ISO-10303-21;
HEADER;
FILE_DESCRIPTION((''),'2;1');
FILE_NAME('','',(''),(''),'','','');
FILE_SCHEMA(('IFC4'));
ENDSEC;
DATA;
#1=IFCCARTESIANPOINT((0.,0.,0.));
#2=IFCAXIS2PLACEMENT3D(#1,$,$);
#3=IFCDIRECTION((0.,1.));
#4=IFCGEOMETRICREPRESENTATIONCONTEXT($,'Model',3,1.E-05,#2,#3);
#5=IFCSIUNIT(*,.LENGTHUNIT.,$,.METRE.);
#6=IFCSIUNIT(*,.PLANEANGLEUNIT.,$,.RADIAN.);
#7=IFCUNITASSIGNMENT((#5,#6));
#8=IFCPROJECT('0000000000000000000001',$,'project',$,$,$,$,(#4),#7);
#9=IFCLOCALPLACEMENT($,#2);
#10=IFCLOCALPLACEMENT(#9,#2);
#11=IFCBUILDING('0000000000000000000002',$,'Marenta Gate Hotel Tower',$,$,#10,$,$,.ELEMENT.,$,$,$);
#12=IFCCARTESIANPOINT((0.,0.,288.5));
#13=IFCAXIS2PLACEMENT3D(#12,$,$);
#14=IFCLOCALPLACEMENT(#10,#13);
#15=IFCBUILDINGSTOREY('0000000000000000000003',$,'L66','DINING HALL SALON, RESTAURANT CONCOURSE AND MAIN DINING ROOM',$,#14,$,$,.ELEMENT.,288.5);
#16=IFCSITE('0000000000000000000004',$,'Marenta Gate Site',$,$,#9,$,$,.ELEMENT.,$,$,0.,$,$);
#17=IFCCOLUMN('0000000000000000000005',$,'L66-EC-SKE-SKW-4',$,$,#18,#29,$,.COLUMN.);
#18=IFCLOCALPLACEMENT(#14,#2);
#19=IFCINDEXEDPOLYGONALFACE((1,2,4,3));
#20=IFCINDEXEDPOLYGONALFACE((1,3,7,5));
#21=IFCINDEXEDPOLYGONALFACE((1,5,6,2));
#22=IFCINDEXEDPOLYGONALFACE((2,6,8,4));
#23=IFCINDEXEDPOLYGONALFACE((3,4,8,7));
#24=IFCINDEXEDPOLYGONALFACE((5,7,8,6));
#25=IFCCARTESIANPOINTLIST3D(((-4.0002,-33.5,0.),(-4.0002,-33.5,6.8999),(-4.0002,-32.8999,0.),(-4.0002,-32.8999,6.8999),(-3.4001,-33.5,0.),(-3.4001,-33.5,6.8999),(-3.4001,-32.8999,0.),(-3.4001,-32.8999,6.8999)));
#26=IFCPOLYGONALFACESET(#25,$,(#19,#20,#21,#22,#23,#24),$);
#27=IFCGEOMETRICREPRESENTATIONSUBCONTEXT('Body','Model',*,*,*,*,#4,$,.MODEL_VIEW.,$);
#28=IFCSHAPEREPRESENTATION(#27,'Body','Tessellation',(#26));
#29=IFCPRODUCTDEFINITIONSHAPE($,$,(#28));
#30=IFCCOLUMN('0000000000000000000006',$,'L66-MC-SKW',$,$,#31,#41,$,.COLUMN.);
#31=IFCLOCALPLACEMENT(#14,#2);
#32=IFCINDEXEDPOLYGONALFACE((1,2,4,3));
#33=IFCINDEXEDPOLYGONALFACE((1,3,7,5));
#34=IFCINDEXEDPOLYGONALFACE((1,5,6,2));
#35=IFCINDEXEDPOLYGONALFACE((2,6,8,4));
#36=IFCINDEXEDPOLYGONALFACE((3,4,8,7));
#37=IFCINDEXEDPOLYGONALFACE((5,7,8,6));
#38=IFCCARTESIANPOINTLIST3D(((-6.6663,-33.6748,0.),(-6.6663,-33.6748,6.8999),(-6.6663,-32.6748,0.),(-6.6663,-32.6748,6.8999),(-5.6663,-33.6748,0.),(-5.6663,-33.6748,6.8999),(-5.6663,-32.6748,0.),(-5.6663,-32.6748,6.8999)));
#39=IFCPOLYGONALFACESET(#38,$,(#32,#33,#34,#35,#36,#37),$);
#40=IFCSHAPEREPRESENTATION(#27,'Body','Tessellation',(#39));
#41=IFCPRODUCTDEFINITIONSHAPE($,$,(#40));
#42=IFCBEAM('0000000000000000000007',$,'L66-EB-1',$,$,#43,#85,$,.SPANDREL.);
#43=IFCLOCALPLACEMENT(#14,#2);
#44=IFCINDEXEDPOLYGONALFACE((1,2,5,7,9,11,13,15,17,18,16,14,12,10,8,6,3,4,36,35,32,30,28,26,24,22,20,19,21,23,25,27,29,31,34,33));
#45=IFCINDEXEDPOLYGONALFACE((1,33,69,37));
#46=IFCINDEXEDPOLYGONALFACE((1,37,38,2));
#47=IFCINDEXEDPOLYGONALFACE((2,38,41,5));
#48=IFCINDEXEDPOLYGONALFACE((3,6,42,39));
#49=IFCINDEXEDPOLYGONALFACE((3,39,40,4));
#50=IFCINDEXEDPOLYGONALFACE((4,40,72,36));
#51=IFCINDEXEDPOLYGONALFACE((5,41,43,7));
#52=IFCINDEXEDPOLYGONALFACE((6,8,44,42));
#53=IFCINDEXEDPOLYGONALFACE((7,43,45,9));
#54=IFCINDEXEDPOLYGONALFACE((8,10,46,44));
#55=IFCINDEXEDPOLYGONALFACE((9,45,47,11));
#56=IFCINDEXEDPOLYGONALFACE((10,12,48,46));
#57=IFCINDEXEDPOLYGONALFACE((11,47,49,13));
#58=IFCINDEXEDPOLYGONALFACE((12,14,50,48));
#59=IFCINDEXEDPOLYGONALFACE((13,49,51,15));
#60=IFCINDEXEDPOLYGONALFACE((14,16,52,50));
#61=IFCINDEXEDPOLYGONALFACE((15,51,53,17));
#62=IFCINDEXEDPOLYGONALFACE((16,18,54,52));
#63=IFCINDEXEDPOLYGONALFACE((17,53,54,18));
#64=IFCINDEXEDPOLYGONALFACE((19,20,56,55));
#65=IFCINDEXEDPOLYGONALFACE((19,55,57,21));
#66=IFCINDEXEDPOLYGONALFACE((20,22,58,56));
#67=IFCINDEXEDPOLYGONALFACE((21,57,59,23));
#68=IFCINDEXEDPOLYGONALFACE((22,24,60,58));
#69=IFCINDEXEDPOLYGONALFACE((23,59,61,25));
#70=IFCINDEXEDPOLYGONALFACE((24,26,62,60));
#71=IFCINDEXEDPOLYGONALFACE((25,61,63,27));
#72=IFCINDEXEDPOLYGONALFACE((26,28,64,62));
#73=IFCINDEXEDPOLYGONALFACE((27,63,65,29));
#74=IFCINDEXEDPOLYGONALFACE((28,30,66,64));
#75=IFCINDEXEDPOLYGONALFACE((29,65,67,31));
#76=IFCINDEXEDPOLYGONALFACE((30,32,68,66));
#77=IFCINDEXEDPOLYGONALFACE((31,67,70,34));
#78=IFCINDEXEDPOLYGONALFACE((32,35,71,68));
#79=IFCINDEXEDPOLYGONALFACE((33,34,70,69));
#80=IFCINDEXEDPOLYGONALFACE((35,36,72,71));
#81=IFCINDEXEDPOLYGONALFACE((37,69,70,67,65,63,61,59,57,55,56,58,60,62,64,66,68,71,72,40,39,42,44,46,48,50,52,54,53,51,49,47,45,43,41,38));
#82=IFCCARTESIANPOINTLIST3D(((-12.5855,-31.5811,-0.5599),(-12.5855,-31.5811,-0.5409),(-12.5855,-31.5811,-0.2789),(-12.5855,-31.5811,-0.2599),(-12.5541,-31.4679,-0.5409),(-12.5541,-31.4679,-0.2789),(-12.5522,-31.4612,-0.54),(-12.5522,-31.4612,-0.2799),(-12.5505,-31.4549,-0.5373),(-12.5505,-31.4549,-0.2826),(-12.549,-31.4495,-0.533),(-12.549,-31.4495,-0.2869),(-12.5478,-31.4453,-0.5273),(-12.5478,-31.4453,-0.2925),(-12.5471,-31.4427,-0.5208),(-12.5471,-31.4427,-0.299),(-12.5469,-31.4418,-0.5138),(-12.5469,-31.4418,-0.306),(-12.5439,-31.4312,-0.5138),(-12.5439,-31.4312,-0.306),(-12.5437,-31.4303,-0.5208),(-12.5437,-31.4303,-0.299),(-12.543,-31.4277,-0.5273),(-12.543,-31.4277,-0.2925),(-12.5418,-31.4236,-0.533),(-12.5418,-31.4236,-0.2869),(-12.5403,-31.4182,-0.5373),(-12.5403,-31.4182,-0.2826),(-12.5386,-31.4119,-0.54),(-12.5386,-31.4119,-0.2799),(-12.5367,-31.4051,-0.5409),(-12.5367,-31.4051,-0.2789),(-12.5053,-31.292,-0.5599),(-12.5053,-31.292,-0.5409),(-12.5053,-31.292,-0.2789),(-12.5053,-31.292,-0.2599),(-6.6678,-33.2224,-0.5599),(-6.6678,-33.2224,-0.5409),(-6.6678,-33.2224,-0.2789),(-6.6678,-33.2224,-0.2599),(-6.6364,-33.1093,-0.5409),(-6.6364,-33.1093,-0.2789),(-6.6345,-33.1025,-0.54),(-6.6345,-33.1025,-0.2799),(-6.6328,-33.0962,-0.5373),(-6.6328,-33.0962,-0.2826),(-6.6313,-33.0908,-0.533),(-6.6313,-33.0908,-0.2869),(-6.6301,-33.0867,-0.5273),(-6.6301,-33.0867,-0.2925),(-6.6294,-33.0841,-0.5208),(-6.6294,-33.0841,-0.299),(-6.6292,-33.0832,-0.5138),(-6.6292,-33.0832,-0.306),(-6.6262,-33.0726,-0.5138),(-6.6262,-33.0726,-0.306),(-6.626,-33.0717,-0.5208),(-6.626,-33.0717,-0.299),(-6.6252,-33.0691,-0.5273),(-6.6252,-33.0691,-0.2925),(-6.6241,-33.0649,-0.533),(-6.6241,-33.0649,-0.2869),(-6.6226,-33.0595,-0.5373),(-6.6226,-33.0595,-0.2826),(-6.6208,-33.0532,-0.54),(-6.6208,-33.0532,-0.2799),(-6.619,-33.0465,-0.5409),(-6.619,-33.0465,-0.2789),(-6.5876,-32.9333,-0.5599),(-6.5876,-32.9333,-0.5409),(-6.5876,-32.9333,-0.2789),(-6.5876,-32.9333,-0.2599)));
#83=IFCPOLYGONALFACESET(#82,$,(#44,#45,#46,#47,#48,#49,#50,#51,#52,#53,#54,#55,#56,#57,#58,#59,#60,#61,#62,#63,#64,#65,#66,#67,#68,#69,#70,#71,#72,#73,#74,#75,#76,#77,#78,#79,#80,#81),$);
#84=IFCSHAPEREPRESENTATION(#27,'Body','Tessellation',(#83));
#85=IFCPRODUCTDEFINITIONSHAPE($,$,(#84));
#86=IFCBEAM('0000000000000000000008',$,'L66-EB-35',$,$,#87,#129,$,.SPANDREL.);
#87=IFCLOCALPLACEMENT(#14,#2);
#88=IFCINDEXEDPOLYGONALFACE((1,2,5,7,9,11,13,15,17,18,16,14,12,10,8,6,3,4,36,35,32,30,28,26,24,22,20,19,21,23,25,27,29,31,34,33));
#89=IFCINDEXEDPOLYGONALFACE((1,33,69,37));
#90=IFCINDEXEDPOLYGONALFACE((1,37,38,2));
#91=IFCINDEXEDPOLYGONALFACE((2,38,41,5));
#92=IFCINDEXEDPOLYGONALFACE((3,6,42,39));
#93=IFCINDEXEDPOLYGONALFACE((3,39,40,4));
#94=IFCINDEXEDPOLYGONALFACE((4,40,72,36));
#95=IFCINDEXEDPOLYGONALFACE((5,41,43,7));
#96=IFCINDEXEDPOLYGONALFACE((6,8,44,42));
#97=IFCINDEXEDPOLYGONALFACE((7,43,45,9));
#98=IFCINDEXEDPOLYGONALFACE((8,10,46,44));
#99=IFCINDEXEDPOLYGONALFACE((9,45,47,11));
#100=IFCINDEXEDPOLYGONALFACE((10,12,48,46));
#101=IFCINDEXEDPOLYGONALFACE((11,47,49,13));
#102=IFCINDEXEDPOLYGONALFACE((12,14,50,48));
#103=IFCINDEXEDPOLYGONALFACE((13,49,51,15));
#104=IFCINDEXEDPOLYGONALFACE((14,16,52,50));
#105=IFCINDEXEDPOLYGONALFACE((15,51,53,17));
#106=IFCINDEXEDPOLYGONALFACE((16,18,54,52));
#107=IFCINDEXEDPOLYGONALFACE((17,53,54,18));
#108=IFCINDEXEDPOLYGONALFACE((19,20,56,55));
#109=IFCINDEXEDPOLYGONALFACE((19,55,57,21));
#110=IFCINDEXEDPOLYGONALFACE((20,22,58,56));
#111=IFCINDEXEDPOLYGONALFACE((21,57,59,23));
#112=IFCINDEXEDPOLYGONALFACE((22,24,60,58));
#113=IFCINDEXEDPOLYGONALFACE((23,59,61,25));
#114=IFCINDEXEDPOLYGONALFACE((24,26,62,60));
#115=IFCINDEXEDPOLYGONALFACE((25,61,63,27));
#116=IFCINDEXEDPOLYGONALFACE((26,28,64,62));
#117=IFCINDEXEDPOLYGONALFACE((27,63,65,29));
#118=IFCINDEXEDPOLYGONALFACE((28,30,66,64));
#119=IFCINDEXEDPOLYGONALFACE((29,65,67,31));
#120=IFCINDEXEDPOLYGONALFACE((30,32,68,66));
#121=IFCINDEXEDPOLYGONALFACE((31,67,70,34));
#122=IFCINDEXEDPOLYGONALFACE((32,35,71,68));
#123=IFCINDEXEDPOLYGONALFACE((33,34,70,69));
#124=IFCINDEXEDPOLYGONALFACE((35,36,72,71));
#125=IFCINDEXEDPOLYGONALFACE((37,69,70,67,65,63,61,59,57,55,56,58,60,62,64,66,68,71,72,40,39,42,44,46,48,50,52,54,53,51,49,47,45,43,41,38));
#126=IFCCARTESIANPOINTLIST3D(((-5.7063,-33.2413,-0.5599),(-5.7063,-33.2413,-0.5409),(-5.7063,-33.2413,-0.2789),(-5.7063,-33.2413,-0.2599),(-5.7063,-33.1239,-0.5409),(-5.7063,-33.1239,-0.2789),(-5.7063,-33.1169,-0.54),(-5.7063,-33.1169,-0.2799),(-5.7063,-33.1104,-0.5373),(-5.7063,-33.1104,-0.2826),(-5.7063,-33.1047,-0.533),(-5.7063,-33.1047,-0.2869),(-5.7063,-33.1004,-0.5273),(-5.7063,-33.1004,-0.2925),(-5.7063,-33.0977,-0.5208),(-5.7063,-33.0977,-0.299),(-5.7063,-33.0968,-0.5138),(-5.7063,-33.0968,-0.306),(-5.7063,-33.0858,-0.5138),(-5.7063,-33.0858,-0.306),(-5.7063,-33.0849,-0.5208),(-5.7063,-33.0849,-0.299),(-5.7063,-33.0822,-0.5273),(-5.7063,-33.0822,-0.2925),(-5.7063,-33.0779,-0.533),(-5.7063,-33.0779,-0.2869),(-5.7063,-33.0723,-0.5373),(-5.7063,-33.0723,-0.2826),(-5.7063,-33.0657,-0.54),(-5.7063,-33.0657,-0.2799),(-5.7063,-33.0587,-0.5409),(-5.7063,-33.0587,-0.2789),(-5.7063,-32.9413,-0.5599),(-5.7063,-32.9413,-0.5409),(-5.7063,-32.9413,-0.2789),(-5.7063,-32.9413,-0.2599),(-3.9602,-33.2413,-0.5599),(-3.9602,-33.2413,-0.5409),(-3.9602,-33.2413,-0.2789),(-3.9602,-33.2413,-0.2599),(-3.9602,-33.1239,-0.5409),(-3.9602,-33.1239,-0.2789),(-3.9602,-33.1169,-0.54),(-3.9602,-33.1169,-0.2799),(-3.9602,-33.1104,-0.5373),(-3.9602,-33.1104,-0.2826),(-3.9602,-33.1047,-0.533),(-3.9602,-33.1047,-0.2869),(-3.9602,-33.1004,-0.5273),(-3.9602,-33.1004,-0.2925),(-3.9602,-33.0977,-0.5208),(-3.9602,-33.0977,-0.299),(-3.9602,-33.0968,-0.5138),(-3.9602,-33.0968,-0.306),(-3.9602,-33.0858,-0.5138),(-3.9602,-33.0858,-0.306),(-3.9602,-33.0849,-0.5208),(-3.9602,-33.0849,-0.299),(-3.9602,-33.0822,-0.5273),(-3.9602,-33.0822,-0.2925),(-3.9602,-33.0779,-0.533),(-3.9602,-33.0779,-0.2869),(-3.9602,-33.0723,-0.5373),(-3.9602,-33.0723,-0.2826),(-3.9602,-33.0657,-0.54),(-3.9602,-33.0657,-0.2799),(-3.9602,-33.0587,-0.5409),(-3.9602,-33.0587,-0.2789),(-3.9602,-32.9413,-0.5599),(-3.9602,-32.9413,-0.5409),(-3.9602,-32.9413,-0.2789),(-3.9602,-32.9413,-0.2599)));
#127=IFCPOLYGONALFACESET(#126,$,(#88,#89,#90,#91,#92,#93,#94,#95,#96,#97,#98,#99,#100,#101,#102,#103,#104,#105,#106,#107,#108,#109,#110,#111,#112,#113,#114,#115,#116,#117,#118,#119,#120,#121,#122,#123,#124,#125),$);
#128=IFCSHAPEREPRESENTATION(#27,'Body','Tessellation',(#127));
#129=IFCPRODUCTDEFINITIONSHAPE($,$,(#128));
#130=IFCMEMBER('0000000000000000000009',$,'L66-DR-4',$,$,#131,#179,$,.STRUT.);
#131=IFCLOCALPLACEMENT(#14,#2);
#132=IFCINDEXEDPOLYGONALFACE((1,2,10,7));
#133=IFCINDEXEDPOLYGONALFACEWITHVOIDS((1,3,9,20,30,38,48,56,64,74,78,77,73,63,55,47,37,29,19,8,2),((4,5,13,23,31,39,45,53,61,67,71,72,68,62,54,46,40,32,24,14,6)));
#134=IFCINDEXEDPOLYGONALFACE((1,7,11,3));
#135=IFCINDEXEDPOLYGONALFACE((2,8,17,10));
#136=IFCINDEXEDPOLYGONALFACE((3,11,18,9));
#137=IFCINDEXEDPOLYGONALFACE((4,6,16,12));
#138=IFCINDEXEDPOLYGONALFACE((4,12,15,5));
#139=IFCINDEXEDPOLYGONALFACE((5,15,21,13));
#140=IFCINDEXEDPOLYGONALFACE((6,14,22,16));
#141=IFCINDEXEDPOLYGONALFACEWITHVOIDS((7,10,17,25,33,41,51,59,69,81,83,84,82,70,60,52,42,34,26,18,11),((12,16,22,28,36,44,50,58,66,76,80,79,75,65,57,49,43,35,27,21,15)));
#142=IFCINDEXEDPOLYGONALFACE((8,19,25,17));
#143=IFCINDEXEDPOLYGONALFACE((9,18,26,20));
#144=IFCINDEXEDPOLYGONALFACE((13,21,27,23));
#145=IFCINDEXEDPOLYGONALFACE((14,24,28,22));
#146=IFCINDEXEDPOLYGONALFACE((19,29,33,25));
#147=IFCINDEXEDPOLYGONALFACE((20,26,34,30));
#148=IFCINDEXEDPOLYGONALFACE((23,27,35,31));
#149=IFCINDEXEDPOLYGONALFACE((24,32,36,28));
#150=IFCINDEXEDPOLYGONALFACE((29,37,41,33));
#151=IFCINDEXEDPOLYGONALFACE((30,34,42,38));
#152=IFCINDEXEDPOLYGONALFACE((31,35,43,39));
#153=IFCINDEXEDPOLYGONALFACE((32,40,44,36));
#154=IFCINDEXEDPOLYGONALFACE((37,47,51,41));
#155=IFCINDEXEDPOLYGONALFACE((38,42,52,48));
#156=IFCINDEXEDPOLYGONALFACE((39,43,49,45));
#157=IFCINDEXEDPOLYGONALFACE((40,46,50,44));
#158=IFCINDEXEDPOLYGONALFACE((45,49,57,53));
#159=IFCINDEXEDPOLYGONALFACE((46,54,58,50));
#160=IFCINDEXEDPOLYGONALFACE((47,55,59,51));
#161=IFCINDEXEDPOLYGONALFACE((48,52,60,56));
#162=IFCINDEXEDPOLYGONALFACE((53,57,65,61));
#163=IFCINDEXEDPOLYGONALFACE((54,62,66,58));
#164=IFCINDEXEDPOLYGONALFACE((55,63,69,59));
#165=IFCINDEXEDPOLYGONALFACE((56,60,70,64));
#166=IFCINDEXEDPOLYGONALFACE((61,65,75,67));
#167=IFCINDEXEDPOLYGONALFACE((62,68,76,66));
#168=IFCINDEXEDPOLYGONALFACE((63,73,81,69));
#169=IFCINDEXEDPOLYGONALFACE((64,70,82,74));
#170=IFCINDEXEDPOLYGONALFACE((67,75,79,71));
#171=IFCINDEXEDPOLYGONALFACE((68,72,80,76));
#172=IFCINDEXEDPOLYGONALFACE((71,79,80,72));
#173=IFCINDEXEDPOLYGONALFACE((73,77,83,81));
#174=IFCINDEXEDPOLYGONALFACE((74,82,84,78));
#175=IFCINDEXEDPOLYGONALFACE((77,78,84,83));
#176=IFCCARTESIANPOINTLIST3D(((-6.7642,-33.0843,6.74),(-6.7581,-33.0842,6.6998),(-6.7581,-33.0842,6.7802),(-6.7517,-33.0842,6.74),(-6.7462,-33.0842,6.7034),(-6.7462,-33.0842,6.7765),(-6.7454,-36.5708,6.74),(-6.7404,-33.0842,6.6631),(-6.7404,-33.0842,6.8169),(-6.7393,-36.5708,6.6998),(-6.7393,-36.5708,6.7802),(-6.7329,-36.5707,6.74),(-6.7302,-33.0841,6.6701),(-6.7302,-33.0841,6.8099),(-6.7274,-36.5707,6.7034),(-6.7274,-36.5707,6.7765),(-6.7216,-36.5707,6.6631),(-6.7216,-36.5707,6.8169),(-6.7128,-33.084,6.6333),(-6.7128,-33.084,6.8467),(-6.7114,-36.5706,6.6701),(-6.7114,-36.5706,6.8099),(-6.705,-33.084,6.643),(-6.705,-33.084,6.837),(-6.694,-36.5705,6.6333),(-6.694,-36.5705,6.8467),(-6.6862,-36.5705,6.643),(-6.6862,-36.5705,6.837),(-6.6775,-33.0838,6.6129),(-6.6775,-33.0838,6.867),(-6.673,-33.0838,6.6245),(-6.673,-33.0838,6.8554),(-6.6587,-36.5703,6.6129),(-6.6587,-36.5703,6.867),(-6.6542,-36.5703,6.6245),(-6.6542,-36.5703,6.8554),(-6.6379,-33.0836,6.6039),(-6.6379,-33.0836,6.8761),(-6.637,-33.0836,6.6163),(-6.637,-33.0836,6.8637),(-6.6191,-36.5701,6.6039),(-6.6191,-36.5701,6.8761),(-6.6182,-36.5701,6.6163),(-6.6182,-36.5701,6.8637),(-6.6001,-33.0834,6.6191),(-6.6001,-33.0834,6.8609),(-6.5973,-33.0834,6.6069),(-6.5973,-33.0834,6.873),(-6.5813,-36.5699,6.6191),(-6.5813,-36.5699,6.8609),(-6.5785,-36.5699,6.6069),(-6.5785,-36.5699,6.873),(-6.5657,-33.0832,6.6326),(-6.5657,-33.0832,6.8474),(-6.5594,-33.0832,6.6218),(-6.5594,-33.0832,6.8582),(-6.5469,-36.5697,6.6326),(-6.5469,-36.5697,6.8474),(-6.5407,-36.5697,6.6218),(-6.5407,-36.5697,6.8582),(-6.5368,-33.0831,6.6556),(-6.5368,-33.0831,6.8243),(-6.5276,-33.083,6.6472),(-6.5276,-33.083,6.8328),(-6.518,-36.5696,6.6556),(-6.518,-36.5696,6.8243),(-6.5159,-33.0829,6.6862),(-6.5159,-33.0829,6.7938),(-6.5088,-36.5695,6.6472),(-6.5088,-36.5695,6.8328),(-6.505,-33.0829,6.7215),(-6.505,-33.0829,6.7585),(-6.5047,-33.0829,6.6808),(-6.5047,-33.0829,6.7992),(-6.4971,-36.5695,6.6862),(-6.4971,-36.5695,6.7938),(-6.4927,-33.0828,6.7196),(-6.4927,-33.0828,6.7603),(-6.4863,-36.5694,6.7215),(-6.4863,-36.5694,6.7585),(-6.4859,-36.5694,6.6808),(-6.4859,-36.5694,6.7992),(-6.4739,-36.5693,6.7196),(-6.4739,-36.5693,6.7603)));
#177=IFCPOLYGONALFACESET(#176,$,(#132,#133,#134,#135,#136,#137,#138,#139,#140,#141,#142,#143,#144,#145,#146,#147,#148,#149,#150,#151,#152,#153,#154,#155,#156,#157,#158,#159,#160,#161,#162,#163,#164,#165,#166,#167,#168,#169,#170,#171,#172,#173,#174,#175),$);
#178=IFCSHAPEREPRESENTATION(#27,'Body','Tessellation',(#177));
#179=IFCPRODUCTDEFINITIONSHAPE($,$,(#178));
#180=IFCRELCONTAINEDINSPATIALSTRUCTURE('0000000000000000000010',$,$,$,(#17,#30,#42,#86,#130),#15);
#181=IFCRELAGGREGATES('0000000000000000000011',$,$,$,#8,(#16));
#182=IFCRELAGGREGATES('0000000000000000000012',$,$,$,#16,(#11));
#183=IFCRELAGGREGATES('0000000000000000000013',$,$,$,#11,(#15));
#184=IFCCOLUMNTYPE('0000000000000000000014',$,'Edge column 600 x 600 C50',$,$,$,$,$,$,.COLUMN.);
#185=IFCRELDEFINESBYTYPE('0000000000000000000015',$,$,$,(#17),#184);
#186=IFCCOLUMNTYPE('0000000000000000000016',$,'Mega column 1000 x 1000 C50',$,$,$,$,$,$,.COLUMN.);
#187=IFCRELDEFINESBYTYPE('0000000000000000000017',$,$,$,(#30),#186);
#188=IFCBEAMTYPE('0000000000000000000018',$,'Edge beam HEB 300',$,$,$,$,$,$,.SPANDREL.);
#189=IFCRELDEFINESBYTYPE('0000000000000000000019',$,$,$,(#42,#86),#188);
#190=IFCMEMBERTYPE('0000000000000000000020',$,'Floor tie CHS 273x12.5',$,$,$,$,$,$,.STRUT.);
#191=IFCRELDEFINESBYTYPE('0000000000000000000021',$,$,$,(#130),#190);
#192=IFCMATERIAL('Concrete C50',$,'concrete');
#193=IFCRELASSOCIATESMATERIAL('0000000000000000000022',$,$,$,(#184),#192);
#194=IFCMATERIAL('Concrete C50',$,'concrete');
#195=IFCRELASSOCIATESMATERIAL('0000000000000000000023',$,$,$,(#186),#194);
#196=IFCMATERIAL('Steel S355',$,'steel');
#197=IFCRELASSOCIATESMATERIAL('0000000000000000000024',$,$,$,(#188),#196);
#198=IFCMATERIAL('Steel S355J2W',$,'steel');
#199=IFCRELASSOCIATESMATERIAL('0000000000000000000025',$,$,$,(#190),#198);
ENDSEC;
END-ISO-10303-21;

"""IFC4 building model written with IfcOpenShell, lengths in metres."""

from ifc_helpers import new_model, si_unit, direction, frame, origin, origin_2d, place, context, subcontext, project, spatial, rectangle, hollow_circle, i_section, extrude, material, material_profile, profile_set, type_object, element, save


model = new_model("IFC4")

# Units and contexts
model_context = context("Model", 3, precision=1e-05, world=origin(), true_north=direction((0.0, 1.0)))
body_context = subcontext(model_context, "Body", "Model", "MODEL_VIEW")
ifc_project = project(units=[si_unit("LENGTHUNIT", "METRE"), si_unit("PLANEANGLEUNIT", "RADIAN")], contexts=[model_context])

# Site, building, storey
site_placement = place(None, origin())
site = spatial("IfcSite", under=ifc_project, at=site_placement, Name="Marenta Gate Site", CompositionType="ELEMENT", RefElevation=0.0)
building_placement = place(site_placement, origin())
building = spatial("IfcBuilding", under=site, at=building_placement, Name="Marenta Gate Hotel Tower", CompositionType="ELEMENT")
storey_placement = place(building_placement, frame((0.0, 0.0, 288.5)))
storey = spatial("IfcBuildingStorey", under=building, at=storey_placement, Name="L66", Description="DINING HALL SALON, RESTAURANT CONCOURSE AND MAIN DINING ROOM", CompositionType="ELEMENT", Elevation=288.5)

# Columns
ifc_material_1 = material(Name="Concrete C50", Category="concrete")
ifc_material_profile_1 = material_profile(ifc_material_1, rectangle(XDim=0.6001, YDim=0.6001, at=origin_2d()), Name="600 x 600")
ifc_profile_set_1 = profile_set([ifc_material_profile_1], Name="Concrete C50")
column_type_1 = type_object("IfcColumnType", Name="Edge column 600 x 600 C50", PredefinedType="COLUMN", material=ifc_profile_set_1)
column_1_placement = place(storey_placement, frame((-3.7002, -33.2, 0.0), z_axis=(0.0, 0.0, 1.0), x_axis=(1.0, 0.0, 0.0)))
element("IfcColumn", 1, at=column_1_placement, inside=storey, type_object=column_type_1, Name="L66-EC-SKE-SKW-4", PredefinedType="COLUMN", context=body_context, shape_type="SweptSolid", body=[
    extrude(rectangle(XDim=0.6001, YDim=0.6001, at=origin_2d()), origin(), (0.0, 0.0, 1.0), 6.8999),
])
ifc_material_2 = material(Name="Concrete C50", Category="concrete")
ifc_material_profile_2 = material_profile(ifc_material_2, rectangle(XDim=1.0, YDim=1.0, at=origin_2d()), Name="1000 x 1000")
ifc_profile_set_2 = profile_set([ifc_material_profile_2], Name="Concrete C50")
column_type_2 = type_object("IfcColumnType", Name="Mega column 1000 x 1000 C50", PredefinedType="COLUMN", material=ifc_profile_set_2)
column_2_placement = place(storey_placement, frame((-6.1663, -33.1748, 0.0), z_axis=(0.0, 0.0, 1.0), x_axis=(1.0, 0.0, 0.0)))
element("IfcColumn", 2, at=column_2_placement, inside=storey, type_object=column_type_2, Name="L66-MC-SKW", PredefinedType="COLUMN", context=body_context, shape_type="SweptSolid", body=[
    extrude(rectangle(XDim=1.0, YDim=1.0, at=origin_2d()), origin(), (0.0, 0.0, 1.0), 6.8999),
])

# Beams
ifc_material_3 = material(Name="Steel S355", Category="steel")
ifc_material_profile_3 = material_profile(ifc_material_3, i_section(OverallWidth=0.3, OverallDepth=0.3, WebThickness=0.011, FlangeThickness=0.019, FilletRadius=0.0271, at=origin_2d()), Name="HEB 300")
ifc_profile_set_3 = profile_set([ifc_material_profile_3], Name="Steel S355")
beam_type = type_object("IfcBeamType", Name="Edge beam HEB 300", PredefinedType="SPANDREL", material=ifc_profile_set_3)
beam_1_placement = place(storey_placement, frame((-6.6277, -33.0779, -0.4099), z_axis=(-0.963621, 0.267273, 0.0), x_axis=(-0.267273, -0.963621, 0.0)))
element("IfcBeam", 3, at=beam_1_placement, inside=storey, type_object=beam_type, Name="L66-EB-1", PredefinedType="SPANDREL", context=body_context, shape_type="SweptSolid", body=[
    extrude(i_section(OverallWidth=0.3, OverallDepth=0.3, WebThickness=0.011, FlangeThickness=0.019, FilletRadius=0.0271, at=origin_2d()), origin(), (0.0, 0.0, 1.0), 6.1411),
])
beam_2_placement = place(storey_placement, frame((-3.9602, -33.0913, -0.4099), z_axis=(-1.0, 0.0, 0.0), x_axis=(0.0, -1.0, 0.0)))
element("IfcBeam", 4, at=beam_2_placement, inside=storey, type_object=beam_type, Name="L66-EB-35", PredefinedType="SPANDREL", context=body_context, shape_type="SweptSolid", body=[
    extrude(i_section(OverallWidth=0.3, OverallDepth=0.3, WebThickness=0.011, FlangeThickness=0.019, FilletRadius=0.0271, at=origin_2d()), origin(), (0.0, 0.0, 1.0), 1.7461),
])

# Member
ifc_material_4 = material(Name="Steel S355J2W", Category="steel")
ifc_material_profile_4 = material_profile(ifc_material_4, hollow_circle(Radius=0.1365, WallThickness=0.0125, at=origin_2d()), Name="CHS 273x12.5")
ifc_profile_set_4 = profile_set([ifc_material_profile_4], Name="Steel S355J2W")
member_type_1 = type_object("IfcMemberType", Name="Floor tie CHS 273x12.5", PredefinedType="STRUT", material=ifc_profile_set_4)
member_1_placement = place(storey_placement, frame((-6.6089, -36.5701, 6.74), z_axis=(-0.005392, 0.999985, 0.0), x_axis=(-0.999985, -0.005392, 0.0)))
element("IfcMember", 5, at=member_1_placement, inside=storey, type_object=member_type_1, Name="L66-DR-4", PredefinedType="STRUT", context=body_context, shape_type="SweptSolid", body=[
    extrude(hollow_circle(Radius=0.1365, WallThickness=0.0125, at=origin_2d()), origin(), (0.0, 0.0, 1.0), 3.4866),
])

save(model, "model.ifc")
